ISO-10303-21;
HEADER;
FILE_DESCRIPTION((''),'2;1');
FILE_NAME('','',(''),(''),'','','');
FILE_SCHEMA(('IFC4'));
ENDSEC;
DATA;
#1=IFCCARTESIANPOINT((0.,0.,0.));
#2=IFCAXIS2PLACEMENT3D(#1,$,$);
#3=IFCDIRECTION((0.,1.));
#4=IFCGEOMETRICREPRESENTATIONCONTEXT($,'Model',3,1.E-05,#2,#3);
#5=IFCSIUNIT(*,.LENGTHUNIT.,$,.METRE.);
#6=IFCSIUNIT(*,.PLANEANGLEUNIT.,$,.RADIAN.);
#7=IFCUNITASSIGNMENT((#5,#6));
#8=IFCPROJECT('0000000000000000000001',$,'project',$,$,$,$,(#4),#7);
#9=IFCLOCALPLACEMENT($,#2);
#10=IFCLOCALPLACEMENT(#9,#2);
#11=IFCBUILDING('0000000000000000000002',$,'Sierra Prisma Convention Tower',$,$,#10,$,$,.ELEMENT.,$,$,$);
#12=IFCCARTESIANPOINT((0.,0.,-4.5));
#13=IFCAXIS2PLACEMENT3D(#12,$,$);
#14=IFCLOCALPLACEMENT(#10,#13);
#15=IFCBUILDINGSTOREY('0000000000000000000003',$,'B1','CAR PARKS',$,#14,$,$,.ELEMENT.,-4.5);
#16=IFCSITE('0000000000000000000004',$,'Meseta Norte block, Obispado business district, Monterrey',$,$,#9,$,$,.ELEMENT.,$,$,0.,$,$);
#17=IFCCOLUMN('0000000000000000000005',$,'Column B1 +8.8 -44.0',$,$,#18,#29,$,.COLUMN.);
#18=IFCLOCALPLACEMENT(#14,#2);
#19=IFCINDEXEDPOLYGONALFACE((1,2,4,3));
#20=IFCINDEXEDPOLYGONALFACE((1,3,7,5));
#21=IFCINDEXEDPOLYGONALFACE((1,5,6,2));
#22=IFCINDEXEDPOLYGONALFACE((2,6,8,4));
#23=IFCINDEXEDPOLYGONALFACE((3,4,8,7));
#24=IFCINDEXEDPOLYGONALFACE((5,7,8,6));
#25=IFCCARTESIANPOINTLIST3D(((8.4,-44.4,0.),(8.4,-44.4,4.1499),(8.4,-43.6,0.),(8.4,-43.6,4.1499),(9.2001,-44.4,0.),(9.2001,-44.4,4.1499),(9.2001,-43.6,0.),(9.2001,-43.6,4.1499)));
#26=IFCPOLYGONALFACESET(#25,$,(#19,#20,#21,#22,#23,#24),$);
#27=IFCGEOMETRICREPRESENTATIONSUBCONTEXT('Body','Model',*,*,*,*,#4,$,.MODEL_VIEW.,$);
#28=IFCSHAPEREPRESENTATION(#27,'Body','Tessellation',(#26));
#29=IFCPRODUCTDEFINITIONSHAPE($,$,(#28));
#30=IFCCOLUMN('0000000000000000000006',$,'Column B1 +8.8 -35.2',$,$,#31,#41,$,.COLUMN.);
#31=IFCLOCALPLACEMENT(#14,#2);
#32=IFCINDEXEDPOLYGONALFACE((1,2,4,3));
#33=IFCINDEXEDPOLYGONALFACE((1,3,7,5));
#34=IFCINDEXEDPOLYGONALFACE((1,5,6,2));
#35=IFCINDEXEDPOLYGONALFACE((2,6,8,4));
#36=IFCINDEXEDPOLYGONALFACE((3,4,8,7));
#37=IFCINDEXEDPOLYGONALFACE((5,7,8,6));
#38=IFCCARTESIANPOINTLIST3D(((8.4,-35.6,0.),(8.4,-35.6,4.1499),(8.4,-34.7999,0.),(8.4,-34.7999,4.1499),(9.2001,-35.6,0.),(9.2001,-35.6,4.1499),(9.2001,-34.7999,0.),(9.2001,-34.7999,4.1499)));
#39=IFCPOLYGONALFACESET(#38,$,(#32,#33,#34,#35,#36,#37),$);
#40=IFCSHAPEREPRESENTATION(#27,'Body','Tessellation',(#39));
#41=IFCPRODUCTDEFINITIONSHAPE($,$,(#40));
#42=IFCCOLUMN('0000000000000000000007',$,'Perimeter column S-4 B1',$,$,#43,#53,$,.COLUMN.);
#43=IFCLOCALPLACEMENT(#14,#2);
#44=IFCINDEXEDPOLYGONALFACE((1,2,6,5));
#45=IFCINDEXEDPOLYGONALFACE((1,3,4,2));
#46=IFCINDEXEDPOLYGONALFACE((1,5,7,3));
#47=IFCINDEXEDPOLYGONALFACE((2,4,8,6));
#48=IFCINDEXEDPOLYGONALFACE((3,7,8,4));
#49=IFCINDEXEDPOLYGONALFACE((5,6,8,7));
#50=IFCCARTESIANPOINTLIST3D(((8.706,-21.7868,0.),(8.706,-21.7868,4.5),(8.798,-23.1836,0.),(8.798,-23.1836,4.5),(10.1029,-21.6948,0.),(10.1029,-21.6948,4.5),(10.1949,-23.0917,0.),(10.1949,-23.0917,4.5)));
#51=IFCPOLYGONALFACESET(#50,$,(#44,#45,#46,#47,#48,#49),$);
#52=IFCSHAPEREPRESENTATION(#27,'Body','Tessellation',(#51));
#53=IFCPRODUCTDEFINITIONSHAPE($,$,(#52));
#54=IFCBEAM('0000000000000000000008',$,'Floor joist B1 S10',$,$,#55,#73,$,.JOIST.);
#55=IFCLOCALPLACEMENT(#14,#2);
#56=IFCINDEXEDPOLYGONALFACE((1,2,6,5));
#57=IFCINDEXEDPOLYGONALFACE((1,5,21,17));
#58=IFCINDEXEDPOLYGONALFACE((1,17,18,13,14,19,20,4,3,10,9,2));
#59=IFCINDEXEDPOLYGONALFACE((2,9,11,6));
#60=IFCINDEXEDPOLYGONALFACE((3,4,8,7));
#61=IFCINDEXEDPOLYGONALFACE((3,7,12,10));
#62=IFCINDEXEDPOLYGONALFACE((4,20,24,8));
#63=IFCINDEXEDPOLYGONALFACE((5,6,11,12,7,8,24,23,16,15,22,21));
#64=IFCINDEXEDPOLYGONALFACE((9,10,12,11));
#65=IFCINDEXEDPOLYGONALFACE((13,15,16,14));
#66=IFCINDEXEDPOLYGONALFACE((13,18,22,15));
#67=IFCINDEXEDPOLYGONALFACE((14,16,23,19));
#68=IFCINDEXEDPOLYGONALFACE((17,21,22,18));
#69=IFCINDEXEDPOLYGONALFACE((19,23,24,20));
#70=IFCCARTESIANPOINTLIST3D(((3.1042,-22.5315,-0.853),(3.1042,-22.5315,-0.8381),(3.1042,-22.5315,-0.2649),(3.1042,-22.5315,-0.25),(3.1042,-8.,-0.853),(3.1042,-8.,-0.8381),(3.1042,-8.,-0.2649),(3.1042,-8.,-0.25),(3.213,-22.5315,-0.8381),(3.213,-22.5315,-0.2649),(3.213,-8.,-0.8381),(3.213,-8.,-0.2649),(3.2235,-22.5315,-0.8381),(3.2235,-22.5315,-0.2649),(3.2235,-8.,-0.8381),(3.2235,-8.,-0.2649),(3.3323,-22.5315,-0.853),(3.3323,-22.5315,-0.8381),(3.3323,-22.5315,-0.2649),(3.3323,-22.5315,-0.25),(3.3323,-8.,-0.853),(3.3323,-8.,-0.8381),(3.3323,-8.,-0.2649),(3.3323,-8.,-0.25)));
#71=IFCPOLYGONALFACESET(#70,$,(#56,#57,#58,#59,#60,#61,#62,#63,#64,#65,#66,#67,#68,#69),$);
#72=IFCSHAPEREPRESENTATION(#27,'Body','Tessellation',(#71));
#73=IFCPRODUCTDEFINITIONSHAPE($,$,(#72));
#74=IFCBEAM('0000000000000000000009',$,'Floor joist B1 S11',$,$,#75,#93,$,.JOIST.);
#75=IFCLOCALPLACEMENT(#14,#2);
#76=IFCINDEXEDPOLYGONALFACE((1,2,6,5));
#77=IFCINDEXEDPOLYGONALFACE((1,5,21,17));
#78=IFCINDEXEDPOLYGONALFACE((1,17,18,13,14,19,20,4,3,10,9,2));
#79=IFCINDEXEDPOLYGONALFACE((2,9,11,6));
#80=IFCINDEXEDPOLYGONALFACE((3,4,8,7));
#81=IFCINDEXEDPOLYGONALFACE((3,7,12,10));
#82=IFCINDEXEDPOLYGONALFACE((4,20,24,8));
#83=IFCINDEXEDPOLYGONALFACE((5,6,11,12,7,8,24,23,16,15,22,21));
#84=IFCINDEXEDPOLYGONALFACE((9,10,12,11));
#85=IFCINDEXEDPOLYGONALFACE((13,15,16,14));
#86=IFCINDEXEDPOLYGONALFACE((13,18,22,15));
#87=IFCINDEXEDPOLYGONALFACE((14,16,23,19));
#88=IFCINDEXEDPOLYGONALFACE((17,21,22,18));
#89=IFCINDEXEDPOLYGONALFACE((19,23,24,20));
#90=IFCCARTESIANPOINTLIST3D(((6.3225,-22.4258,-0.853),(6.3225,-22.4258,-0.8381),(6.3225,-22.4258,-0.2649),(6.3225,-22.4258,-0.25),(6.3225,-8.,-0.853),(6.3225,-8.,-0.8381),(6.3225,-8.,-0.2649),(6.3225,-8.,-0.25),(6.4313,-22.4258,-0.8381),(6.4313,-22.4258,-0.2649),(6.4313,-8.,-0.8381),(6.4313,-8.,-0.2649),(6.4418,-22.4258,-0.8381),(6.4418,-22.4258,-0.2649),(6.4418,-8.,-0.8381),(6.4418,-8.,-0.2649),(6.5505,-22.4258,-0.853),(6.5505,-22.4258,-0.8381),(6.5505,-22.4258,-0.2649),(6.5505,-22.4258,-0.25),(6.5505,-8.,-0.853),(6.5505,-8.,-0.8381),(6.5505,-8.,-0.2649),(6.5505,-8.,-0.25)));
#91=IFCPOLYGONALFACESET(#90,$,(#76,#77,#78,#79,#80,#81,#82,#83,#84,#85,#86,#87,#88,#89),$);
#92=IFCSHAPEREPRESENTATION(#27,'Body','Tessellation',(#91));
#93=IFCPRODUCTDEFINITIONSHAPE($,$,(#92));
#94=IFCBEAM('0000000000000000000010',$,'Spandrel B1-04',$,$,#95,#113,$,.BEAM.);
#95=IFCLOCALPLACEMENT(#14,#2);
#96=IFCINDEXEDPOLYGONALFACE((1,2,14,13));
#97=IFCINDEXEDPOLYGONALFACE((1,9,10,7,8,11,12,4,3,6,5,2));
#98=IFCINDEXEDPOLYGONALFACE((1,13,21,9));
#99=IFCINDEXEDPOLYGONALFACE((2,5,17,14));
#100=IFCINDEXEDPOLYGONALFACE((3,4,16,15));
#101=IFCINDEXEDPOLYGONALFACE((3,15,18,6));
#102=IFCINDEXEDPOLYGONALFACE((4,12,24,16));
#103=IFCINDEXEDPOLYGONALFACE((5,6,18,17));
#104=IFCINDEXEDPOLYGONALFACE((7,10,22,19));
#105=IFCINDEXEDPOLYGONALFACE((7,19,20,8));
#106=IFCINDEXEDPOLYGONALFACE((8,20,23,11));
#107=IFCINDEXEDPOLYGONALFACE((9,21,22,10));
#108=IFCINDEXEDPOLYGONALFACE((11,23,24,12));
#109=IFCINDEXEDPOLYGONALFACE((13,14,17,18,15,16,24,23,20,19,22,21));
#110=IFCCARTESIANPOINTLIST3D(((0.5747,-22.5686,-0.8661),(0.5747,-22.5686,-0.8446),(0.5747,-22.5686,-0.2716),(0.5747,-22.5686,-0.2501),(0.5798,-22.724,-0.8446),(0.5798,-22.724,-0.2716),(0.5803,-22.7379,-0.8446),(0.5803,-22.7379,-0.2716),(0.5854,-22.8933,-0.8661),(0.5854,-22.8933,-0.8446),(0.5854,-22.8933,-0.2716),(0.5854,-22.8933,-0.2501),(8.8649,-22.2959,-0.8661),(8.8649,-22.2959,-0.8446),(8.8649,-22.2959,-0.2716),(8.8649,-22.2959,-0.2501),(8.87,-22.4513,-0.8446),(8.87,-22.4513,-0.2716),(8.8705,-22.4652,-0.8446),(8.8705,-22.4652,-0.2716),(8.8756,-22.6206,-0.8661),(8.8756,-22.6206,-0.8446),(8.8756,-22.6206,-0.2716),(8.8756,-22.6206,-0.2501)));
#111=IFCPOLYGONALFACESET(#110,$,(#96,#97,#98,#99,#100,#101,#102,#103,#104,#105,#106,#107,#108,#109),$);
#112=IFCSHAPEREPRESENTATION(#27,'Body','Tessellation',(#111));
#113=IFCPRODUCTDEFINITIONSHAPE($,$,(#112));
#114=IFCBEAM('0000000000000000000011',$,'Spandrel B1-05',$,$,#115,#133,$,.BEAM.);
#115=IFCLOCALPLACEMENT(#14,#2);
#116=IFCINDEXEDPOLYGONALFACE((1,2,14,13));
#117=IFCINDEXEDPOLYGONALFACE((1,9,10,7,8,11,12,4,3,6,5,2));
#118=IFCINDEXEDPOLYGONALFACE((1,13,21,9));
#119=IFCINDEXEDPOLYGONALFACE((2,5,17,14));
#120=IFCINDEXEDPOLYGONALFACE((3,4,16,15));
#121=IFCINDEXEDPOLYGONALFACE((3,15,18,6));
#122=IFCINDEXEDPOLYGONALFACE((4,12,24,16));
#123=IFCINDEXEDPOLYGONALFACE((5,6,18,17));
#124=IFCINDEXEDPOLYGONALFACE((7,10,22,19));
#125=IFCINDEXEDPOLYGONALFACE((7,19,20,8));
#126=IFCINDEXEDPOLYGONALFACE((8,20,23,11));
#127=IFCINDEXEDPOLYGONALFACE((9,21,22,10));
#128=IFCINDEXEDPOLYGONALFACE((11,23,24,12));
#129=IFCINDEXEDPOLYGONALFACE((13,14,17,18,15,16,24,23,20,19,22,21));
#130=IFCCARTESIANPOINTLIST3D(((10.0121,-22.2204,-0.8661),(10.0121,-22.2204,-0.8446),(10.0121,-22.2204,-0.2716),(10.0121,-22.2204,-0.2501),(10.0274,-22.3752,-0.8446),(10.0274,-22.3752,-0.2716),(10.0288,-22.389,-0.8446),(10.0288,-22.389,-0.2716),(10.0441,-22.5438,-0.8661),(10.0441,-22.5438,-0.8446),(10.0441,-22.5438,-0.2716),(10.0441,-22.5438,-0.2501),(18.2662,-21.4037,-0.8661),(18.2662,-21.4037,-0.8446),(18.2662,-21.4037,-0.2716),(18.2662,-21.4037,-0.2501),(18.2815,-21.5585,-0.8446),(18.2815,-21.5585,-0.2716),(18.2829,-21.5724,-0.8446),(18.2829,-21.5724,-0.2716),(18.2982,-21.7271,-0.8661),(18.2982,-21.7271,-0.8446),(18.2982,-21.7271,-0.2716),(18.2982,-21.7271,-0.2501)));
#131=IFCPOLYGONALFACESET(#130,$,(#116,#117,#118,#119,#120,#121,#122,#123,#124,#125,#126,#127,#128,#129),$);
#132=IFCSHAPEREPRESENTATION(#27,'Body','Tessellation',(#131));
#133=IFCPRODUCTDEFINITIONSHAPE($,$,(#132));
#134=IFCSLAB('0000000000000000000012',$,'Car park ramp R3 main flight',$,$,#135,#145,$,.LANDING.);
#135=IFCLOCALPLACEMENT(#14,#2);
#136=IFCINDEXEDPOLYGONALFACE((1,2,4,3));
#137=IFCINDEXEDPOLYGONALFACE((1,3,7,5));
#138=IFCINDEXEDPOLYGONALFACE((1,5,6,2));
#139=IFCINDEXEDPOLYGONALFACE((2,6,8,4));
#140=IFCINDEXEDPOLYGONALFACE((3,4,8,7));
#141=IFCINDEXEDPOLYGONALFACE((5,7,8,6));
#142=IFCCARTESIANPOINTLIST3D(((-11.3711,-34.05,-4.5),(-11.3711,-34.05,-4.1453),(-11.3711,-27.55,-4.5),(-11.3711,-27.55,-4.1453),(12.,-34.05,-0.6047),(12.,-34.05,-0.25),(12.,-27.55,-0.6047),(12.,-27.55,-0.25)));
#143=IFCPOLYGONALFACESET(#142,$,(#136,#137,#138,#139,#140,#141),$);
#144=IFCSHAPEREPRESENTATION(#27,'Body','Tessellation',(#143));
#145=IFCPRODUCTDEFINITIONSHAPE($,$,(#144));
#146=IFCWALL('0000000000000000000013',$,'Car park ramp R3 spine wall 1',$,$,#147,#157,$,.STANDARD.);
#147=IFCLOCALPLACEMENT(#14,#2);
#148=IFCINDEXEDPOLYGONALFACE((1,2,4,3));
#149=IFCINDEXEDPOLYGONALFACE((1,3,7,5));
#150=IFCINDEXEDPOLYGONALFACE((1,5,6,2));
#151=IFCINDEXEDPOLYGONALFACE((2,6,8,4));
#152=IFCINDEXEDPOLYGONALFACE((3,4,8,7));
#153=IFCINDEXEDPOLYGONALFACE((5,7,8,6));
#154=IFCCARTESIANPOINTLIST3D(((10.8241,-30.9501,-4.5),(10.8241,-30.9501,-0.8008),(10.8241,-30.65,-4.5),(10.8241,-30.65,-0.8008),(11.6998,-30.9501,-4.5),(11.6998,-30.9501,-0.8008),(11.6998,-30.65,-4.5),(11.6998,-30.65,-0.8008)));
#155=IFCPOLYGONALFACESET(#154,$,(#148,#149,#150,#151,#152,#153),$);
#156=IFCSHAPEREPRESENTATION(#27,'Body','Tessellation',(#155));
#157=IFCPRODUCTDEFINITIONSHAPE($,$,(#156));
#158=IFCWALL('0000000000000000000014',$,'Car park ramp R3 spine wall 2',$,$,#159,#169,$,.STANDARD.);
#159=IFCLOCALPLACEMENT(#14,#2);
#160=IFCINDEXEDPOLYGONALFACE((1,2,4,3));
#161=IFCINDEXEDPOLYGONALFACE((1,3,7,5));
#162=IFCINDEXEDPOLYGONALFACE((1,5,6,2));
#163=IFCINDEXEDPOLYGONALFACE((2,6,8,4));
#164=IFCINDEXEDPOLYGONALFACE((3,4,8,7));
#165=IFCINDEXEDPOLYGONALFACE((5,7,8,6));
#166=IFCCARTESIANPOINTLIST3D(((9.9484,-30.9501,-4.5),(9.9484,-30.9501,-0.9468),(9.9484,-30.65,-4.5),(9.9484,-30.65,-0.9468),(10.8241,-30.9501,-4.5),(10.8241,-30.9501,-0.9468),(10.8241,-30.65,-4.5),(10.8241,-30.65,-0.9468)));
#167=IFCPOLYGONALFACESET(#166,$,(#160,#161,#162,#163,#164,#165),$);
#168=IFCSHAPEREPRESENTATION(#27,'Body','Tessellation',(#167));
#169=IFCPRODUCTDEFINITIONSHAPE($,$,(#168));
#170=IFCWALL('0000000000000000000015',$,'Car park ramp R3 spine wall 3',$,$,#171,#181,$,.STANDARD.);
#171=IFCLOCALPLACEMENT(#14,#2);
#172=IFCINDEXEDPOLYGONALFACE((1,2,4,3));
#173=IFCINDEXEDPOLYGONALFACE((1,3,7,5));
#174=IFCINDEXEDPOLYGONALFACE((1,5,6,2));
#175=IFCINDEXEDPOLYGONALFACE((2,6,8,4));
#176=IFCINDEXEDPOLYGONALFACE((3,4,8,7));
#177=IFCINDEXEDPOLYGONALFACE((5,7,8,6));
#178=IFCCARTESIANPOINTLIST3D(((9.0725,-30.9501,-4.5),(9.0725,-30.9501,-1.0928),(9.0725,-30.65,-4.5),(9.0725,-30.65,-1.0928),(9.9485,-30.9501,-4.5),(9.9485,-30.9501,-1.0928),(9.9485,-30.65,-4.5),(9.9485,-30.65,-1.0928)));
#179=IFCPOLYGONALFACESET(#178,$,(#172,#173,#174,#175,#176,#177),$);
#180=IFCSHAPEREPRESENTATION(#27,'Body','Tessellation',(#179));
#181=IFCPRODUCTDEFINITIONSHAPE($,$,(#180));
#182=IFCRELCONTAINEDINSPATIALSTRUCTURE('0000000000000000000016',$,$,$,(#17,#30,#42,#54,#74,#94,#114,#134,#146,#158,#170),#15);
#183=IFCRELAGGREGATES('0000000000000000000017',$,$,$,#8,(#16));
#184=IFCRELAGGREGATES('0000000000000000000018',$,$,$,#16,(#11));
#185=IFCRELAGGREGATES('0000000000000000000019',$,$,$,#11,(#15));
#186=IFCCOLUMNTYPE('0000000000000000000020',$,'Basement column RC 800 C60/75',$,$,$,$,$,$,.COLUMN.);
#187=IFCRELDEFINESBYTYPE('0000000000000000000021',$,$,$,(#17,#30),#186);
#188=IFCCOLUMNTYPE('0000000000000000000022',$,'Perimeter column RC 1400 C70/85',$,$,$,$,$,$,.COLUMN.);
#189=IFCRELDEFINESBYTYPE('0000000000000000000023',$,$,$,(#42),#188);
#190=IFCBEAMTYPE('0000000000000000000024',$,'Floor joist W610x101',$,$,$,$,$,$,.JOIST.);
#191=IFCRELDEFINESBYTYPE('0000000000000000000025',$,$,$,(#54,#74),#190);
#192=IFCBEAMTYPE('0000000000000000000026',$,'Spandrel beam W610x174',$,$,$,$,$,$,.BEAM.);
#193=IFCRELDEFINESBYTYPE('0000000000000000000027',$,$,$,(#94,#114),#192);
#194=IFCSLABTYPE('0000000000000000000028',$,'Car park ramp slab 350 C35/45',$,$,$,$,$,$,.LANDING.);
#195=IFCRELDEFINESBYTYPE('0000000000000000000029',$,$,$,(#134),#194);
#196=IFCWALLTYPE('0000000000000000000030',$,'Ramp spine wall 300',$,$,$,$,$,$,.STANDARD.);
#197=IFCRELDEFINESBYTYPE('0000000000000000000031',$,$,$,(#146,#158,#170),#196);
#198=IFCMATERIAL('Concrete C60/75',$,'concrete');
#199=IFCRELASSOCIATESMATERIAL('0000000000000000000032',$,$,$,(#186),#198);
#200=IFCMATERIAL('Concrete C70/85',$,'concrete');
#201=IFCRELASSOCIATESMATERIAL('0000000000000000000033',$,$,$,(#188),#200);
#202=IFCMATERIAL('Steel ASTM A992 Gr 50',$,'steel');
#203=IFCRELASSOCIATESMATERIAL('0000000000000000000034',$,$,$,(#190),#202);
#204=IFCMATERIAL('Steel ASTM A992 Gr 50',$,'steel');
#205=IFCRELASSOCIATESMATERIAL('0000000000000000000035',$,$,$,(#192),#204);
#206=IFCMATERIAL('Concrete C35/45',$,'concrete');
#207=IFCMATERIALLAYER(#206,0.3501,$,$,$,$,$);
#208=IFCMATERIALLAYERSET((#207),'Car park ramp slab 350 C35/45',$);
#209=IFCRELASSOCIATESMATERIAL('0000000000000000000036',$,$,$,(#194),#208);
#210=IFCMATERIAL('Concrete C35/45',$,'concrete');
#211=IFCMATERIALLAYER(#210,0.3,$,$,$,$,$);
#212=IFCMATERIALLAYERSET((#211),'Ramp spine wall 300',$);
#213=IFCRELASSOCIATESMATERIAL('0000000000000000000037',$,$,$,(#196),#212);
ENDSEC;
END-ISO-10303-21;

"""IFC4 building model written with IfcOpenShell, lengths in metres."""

from ifc_helpers import new_model, si_unit, direction, frame, frame_2d, origin, origin_2d, place, context, subcontext, project, spatial, polyline, rectangle, i_section, outline, extrude, material, layer, layer_set, material_profile, profile_set, type_object, element, save


model = new_model("IFC4")

# Units and contexts
model_context = context("Model", 3, precision=1e-05, world=origin(), true_north=direction((0.0, 1.0)))
body_context = subcontext(model_context, "Body", "Model", "MODEL_VIEW")
ifc_project = project(units=[si_unit("LENGTHUNIT", "METRE"), si_unit("PLANEANGLEUNIT", "RADIAN")], contexts=[model_context])

# Site, building, storey
site_placement = place(None, origin())
site = spatial("IfcSite", under=ifc_project, at=site_placement, Name="Meseta Norte block, Obispado business district, Monterrey", CompositionType="ELEMENT", RefElevation=0.0)
building_placement = place(site_placement, origin())
building = spatial("IfcBuilding", under=site, at=building_placement, Name="Sierra Prisma Convention Tower", CompositionType="ELEMENT")
storey_placement = place(building_placement, frame((0.0, 0.0, -4.5)))
storey = spatial("IfcBuildingStorey", under=building, at=storey_placement, Name="B1", Description="CAR PARKS", CompositionType="ELEMENT", Elevation=-4.5)

# Columns
ifc_material_1 = material(Name="Concrete C60/75", Category="concrete")
ifc_material_profile_1 = material_profile(ifc_material_1, rectangle(XDim=0.8, YDim=0.8, at=origin_2d()), Name="Basement column RC 800 C60/75")
ifc_profile_set_1 = profile_set([ifc_material_profile_1], Name="Concrete C60/75")
column_type_1 = type_object("IfcColumnType", Name="Basement column RC 800 C60/75", PredefinedType="COLUMN", material=ifc_profile_set_1)
for number, where, z_axis, x_axis, name in (
    (1, (8.8, -44.0, 0.0), (0.0, 0.0, 1.0), (1.0, 0.0, 0.0), "Column B1 +8.8 -44.0"),
    (2, (8.8, -35.2, 0.0), (0.0, 0.0, 1.0), (1.0, 0.0, 0.0), "Column B1 +8.8 -35.2"),
):
    element("IfcColumn", number, at=place(storey_placement, frame(where, z_axis=z_axis, x_axis=x_axis)), inside=storey, type_object=column_type_1, Name=name, PredefinedType="COLUMN", context=body_context, shape_type="SweptSolid", body=[
        extrude(rectangle(XDim=0.8, YDim=0.8, at=origin_2d()), origin(), (0.0, 0.0, 1.0), 4.1499),
    ])
ifc_material_2 = material(Name="Concrete C70/85", Category="concrete")
ifc_material_profile_2 = material_profile(ifc_material_2, rectangle(XDim=1.3999, YDim=1.3999, at=origin_2d()), Name="Perimeter column RC 1400 C70/85")
ifc_profile_set_2 = profile_set([ifc_material_profile_2], Name="Concrete C70/85")
column_type_2 = type_object("IfcColumnType", Name="Perimeter column RC 1400 C70/85", PredefinedType="COLUMN", material=ifc_profile_set_2)
column_placement = place(storey_placement, frame((9.4504, -22.4392, 0.0), z_axis=(0.0, 0.0, 1.0), x_axis=(0.997839, 0.065699, 0.0)))
element("IfcColumn", 3, at=column_placement, inside=storey, type_object=column_type_2, Name="Perimeter column S-4 B1", PredefinedType="COLUMN", context=body_context, shape_type="SweptSolid", body=[
    extrude(rectangle(XDim=1.3999, YDim=1.3999, at=origin_2d()), origin(), (0.0, 0.0, 1.0), 4.5),
])

# Beams
ifc_material_3 = material(Name="Steel ASTM A992 Gr 50", Category="steel")
ifc_material_profile_3 = material_profile(ifc_material_3, i_section(OverallWidth=0.228, OverallDepth=0.603, WebThickness=0.0105, FlangeThickness=0.0149, at=origin_2d()), Name="W610x101")
ifc_profile_set_3 = profile_set([ifc_material_profile_3], Name="Steel ASTM A992 Gr 50")
beam_type_1 = type_object("IfcBeamType", Name="Floor joist W610x101", PredefinedType="JOIST", material=ifc_profile_set_3)
beam_1_placement = place(storey_placement, frame((3.2183, -22.5315, -0.5515), z_axis=(0.0, 1.0, 0.0), x_axis=(-1.0, 0.0, 0.0)))
element("IfcBeam", 4, at=beam_1_placement, inside=storey, type_object=beam_type_1, Name="Floor joist B1 S10", PredefinedType="JOIST", context=body_context, shape_type="SweptSolid", body=[
    extrude(i_section(OverallWidth=0.228, OverallDepth=0.603, WebThickness=0.0105, FlangeThickness=0.0149, at=origin_2d()), origin(), (0.0, 0.0, 1.0), 14.5315),
])
beam_2_placement = place(storey_placement, frame((6.4365, -22.4258, -0.5515), z_axis=(0.0, 1.0, 0.0), x_axis=(-1.0, 0.0, 0.0)))
element("IfcBeam", 5, at=beam_2_placement, inside=storey, type_object=beam_type_1, Name="Floor joist B1 S11", PredefinedType="JOIST", context=body_context, shape_type="SweptSolid", body=[
    extrude(i_section(OverallWidth=0.228, OverallDepth=0.603, WebThickness=0.0105, FlangeThickness=0.0149, at=origin_2d()), origin(), (0.0, 0.0, 1.0), 14.4258),
])
ifc_material_4 = material(Name="Steel ASTM A992 Gr 50", Category="steel")
ifc_material_profile_4 = material_profile(ifc_material_4, i_section(OverallWidth=0.325, OverallDepth=0.616, WebThickness=0.0139, FlangeThickness=0.0215, at=origin_2d()), Name="W610x174")
ifc_profile_set_4 = profile_set([ifc_material_profile_4], Name="Steel ASTM A992 Gr 50")
beam_type_2 = type_object("IfcBeamType", Name="Spandrel beam W610x174", PredefinedType="BEAM", material=ifc_profile_set_4)
beam_3_placement = place(storey_placement, frame((0.5801, -22.731, -0.5581), z_axis=(0.999459, 0.032877, 0.0), x_axis=(-0.032877, 0.999459, 0.0)))
element("IfcBeam", 6, at=beam_3_placement, inside=storey, type_object=beam_type_2, Name="Spandrel B1-04", PredefinedType="BEAM", context=body_context, shape_type="SweptSolid", body=[
    extrude(i_section(OverallWidth=0.325, OverallDepth=0.616, WebThickness=0.0139, FlangeThickness=0.0215, at=origin_2d()), origin(), (0.0, 0.0, 1.0), 8.2947),
])
beam_4_placement = place(storey_placement, frame((10.0281, -22.3821, -0.5581), z_axis=(0.995141, 0.098457, 0.0), x_axis=(-0.098457, 0.995141, 0.0)))
element("IfcBeam", 7, at=beam_4_placement, inside=storey, type_object=beam_type_2, Name="Spandrel B1-05", PredefinedType="BEAM", context=body_context, shape_type="SweptSolid", body=[
    extrude(i_section(OverallWidth=0.325, OverallDepth=0.616, WebThickness=0.0139, FlangeThickness=0.0215, at=origin_2d()), origin(), (0.0, 0.0, 1.0), 8.2944),
])

# Slab
ifc_material_5 = material(Name="Concrete C35/45", Category="concrete")
ifc_layer_1 = layer(ifc_material_5, 0.3501)
ifc_layer_set_1 = layer_set([ifc_layer_1], Name="Car park ramp slab 350 C35/45")
slab_type = type_object("IfcSlabType", Name="Car park ramp slab 350 C35/45", PredefinedType="LANDING", material=ifc_layer_set_1)
slab_placement = place(storey_placement, frame((12.0, -34.05, -0.25), z_axis=(0.0, 0.0, 1.0), x_axis=(-1.0, 0.0, 0.0)))
element("IfcSlab", 8, at=slab_placement, inside=storey, type_object=slab_type, Name="Car park ramp R3 main flight", PredefinedType="LANDING", context=body_context, shape_type="SweptSolid", body=[
    extrude(outline(polyline([(0.0, -0.3547), (23.3711, -4.25), (23.3711, -3.8953), (0.0, 0.0), (0.0, -0.3547)])), frame((0.0, 0.0, 0.0), z_axis=(0.0, -1.0, 0.0), x_axis=(1.0, 0.0, 0.0)), (0.0, 0.0, 1.0), 6.5),
])

# Walls
ifc_material_6 = material(Name="Concrete C35/45", Category="concrete")
ifc_layer_2 = layer(ifc_material_6, 0.3)
ifc_layer_set_2 = layer_set([ifc_layer_2], Name="Ramp spine wall 300")
wall_type_1 = type_object("IfcWallType", Name="Ramp spine wall 300", PredefinedType="STANDARD", material=ifc_layer_set_2)
wall_1_placement = place(storey_placement, frame((11.7, -30.8, -4.5), z_axis=(0.0, 0.0, 1.0), x_axis=(-1.0, 0.0, 0.0)))
element("IfcWall", 9, at=wall_1_placement, inside=storey, type_object=wall_type_1, Name="Car park ramp R3 spine wall 1", PredefinedType="STANDARD", context=body_context, shape_type="SweptSolid", body=[
    extrude(rectangle(XDim=0.8757, YDim=0.3, at=frame_2d((0.438, 0.0))), origin(), (0.0, 0.0, 1.0), 3.6992),
])
wall_2_placement = place(storey_placement, frame((10.8242, -30.8, -4.5), z_axis=(0.0, 0.0, 1.0), x_axis=(-1.0, 0.0, 0.0)))
element("IfcWall", 10, at=wall_2_placement, inside=storey, type_object=wall_type_1, Name="Car park ramp R3 spine wall 2", PredefinedType="STANDARD", context=body_context, shape_type="SweptSolid", body=[
    extrude(rectangle(XDim=0.8757, YDim=0.3, at=frame_2d((0.438, 0.0))), origin(), (0.0, 0.0, 1.0), 3.5532),
])
wall_3_placement = place(storey_placement, frame((9.9485, -30.8, -4.5), z_axis=(0.0, 0.0, 1.0), x_axis=(-1.0, 0.0, 0.0)))
element("IfcWall", 11, at=wall_3_placement, inside=storey, type_object=wall_type_1, Name="Car park ramp R3 spine wall 3", PredefinedType="STANDARD", context=body_context, shape_type="SweptSolid", body=[
    extrude(rectangle(XDim=0.876, YDim=0.3, at=frame_2d((0.438, 0.0))), origin(), (0.0, 0.0, 1.0), 3.4072),
])

save(model, "model.ifc")
